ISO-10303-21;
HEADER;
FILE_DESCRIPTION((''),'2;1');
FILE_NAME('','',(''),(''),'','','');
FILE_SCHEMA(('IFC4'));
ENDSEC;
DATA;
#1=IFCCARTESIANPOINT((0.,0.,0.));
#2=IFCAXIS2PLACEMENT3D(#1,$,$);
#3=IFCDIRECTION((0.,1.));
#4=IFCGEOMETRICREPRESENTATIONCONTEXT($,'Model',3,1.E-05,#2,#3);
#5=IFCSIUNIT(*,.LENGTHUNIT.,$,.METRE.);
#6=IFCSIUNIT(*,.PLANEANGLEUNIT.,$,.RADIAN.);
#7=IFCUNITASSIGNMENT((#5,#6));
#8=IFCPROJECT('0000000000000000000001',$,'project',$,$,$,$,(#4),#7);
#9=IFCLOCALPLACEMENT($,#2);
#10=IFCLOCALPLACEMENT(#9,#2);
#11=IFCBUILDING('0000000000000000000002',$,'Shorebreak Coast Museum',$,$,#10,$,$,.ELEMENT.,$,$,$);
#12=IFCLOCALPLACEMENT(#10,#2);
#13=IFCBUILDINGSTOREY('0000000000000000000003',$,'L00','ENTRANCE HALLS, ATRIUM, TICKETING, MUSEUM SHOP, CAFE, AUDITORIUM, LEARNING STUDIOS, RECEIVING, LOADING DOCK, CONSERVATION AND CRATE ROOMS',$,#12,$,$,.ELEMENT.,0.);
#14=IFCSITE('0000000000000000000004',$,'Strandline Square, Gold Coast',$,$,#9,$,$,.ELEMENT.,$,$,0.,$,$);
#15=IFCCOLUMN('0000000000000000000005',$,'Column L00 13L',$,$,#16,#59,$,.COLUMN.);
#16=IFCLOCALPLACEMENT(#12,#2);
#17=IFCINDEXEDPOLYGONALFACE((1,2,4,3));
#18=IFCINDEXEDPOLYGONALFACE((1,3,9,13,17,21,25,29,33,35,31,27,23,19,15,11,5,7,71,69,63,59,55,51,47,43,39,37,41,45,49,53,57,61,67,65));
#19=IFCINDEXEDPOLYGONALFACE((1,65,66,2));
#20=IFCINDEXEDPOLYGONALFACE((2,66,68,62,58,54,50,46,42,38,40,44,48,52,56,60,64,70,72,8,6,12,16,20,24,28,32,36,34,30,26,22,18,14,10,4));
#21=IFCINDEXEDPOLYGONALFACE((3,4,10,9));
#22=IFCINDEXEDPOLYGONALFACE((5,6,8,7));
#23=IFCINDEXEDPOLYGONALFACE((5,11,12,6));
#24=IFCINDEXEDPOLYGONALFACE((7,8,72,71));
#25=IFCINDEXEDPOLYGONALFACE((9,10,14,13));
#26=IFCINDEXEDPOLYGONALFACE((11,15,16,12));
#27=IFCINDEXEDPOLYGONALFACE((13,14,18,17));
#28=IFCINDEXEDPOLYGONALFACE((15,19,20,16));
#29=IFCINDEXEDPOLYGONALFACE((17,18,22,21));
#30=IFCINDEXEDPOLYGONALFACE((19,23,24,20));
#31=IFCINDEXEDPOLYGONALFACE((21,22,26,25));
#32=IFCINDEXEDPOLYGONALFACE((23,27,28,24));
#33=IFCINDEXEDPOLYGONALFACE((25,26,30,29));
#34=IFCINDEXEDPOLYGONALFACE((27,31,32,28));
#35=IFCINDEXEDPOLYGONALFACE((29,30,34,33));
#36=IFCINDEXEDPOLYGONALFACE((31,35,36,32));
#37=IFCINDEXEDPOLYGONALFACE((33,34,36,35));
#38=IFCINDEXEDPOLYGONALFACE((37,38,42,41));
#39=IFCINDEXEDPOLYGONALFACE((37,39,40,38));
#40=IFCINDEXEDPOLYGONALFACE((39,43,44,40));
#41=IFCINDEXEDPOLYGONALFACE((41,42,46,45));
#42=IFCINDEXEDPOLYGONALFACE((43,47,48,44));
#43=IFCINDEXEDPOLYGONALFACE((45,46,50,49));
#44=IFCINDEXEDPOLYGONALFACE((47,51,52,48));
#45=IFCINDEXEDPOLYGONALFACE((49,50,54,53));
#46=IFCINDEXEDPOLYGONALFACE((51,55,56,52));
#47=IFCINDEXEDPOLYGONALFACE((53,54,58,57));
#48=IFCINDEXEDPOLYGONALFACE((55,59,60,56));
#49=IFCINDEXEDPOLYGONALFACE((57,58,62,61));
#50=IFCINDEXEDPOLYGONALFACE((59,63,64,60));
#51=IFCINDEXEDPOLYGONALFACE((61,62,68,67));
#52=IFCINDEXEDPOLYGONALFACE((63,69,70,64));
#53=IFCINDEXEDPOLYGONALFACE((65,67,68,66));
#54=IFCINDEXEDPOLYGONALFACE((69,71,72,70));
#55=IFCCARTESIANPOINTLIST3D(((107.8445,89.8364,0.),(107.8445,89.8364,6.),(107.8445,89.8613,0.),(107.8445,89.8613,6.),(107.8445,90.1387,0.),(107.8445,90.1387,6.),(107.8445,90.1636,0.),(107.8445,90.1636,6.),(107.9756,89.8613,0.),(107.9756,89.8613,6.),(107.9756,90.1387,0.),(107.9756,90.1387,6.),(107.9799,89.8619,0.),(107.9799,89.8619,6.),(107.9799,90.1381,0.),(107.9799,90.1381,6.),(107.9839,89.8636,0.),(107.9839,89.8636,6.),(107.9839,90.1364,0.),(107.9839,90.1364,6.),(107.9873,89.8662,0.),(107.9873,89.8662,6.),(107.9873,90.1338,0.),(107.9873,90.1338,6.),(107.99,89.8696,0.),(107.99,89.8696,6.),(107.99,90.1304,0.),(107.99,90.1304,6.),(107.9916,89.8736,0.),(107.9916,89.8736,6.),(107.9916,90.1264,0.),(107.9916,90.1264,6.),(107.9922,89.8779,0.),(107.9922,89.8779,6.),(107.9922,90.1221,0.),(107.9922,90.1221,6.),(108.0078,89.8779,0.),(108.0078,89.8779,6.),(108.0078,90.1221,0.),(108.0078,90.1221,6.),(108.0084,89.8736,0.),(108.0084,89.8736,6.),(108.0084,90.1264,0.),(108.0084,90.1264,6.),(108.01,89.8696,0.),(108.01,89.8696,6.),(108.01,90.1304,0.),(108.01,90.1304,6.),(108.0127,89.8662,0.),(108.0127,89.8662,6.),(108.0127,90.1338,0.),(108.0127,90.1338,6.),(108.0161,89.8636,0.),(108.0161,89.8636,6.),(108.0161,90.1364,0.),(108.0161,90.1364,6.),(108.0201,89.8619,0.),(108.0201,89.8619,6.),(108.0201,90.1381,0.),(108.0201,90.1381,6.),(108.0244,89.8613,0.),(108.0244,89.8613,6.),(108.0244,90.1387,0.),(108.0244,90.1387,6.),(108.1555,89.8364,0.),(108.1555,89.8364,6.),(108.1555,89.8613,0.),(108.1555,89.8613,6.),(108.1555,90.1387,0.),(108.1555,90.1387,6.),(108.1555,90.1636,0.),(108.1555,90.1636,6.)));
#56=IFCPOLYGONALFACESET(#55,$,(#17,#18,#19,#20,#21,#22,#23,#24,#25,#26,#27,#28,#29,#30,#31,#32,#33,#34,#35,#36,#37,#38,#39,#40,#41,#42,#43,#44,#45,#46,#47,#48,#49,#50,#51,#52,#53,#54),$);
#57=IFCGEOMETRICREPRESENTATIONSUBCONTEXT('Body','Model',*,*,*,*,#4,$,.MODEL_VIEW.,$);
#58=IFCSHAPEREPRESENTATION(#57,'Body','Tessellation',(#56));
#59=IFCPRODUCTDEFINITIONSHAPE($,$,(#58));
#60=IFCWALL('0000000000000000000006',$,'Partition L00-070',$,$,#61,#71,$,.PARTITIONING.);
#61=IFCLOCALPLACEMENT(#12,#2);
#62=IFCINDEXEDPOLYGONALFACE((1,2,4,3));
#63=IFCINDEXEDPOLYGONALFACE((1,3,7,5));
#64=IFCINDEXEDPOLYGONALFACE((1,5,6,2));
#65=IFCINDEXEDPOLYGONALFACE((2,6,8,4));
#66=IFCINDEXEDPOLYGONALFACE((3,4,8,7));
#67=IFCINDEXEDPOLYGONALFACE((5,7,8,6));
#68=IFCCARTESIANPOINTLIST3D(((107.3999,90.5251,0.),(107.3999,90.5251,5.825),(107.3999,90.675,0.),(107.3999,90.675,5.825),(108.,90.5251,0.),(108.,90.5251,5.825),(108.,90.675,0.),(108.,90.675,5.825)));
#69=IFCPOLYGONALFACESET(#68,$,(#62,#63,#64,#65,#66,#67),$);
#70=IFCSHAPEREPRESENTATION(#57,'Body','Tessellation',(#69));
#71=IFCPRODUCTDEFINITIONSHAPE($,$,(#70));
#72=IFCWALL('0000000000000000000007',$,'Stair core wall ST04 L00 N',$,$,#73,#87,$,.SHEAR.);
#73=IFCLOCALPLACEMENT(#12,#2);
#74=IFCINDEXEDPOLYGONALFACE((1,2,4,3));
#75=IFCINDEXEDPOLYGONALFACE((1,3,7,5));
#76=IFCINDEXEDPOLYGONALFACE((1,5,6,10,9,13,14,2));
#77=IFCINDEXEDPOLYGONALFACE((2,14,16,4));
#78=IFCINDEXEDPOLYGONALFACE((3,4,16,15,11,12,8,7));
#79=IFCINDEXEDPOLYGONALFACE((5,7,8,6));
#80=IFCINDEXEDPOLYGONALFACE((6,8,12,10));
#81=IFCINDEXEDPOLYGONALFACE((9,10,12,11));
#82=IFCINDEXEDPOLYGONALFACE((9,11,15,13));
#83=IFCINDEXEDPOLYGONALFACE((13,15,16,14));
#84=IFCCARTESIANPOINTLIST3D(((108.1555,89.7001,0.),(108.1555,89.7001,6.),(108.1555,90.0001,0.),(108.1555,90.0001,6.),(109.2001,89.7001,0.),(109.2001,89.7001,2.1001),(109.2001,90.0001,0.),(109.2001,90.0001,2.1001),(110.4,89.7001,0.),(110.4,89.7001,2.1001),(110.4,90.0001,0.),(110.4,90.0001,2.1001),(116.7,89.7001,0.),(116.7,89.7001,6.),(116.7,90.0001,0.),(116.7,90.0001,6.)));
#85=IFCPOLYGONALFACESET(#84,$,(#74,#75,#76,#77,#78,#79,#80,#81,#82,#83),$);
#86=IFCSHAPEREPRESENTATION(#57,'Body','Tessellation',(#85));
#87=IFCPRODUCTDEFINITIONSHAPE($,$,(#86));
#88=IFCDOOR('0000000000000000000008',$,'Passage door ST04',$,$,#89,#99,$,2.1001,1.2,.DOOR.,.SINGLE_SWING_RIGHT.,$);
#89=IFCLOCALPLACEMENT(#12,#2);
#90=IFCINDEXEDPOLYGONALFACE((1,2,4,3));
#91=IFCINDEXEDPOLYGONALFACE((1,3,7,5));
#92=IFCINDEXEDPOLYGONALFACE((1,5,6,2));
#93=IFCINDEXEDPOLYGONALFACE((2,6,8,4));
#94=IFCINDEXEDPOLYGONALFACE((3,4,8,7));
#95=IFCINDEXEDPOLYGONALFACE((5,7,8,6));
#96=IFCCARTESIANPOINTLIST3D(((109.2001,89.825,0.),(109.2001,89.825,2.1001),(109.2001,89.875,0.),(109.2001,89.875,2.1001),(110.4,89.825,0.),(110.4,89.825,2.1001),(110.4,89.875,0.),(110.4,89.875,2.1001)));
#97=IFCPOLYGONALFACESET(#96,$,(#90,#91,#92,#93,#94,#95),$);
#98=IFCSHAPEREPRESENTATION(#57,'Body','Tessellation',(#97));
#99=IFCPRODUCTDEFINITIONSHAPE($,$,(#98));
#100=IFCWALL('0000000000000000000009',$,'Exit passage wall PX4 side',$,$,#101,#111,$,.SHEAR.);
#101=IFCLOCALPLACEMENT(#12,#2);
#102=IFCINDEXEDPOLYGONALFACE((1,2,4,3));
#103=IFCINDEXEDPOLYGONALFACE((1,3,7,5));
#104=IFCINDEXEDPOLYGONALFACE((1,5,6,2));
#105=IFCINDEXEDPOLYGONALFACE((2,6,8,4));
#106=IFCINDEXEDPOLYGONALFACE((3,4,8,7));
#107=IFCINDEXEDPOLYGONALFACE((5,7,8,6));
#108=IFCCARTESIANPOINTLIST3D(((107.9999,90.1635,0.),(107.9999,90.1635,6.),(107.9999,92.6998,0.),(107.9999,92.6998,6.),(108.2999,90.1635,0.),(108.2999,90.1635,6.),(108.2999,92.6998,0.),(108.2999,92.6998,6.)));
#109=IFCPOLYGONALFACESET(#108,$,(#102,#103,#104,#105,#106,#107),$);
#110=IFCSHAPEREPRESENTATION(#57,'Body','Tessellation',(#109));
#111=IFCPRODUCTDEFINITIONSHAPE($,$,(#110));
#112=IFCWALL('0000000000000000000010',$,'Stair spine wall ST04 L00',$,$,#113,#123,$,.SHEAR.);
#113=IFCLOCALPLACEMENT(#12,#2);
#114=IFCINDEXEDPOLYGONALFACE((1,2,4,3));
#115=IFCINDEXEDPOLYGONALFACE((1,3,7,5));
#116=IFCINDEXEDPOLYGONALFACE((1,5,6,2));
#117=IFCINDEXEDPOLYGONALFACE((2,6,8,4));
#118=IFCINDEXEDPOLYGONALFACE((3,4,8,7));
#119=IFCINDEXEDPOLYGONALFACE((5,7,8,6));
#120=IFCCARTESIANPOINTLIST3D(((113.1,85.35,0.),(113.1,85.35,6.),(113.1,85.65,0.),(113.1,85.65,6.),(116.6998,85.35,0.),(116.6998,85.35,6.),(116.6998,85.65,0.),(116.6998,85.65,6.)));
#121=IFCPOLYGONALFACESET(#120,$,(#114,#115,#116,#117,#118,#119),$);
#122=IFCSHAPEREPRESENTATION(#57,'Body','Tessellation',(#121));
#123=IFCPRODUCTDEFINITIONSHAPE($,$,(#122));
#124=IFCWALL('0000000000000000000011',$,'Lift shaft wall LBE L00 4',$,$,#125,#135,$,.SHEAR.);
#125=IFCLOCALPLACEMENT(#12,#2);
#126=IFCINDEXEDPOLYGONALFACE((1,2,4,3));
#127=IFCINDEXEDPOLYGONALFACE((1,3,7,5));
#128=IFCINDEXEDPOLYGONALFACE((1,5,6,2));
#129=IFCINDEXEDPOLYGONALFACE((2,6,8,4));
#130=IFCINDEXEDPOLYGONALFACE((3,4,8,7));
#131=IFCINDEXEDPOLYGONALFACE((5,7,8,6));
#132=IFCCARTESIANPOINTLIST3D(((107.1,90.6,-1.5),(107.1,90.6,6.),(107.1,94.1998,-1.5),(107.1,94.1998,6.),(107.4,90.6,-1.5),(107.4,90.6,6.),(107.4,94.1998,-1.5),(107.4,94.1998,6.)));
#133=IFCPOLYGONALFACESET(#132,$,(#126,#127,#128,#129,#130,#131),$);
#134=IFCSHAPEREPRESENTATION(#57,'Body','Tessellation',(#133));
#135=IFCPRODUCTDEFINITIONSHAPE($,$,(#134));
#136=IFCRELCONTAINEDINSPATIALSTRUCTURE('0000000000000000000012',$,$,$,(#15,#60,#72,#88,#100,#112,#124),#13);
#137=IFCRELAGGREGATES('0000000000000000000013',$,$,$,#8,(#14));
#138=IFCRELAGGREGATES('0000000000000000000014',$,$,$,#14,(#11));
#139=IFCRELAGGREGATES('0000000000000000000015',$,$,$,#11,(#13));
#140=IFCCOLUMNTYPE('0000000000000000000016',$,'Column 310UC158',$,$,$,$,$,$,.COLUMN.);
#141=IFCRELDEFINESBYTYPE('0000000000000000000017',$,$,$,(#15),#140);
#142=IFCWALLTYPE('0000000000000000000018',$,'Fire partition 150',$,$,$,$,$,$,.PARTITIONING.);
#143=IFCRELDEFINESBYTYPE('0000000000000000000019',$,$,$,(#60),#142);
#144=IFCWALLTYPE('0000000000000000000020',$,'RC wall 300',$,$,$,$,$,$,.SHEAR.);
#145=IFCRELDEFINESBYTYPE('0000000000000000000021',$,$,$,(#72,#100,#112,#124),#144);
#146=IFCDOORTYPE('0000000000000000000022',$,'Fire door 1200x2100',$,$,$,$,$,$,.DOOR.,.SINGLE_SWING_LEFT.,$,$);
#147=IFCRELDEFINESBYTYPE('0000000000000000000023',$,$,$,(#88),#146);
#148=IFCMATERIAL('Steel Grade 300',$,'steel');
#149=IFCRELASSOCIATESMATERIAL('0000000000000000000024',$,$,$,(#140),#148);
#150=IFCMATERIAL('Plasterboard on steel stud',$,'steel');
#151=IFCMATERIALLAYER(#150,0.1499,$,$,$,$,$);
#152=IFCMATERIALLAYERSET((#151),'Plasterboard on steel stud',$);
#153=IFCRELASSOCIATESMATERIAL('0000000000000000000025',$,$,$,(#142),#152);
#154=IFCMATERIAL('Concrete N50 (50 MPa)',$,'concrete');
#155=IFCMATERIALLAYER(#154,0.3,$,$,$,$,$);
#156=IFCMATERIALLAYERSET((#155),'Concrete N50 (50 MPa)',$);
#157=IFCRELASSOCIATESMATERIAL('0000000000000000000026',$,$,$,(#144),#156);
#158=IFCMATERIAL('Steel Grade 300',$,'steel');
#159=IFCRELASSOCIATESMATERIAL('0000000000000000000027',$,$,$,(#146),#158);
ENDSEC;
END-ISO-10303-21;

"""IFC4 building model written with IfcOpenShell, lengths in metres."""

from ifc_helpers import new_model, si_unit, direction, frame, frame_2d, origin, origin_2d, place, context, subcontext, project, spatial, rectangle, i_section, extrude, material, layer, layer_set, material_profile, profile_set, type_object, element, fill, save


model = new_model("IFC4")

# Units and contexts
model_context = context("Model", 3, precision=1e-05, world=origin(), true_north=direction((0.0, 1.0)))
body_context = subcontext(model_context, "Body", "Model", "MODEL_VIEW")
ifc_project = project(units=[si_unit("LENGTHUNIT", "METRE"), si_unit("PLANEANGLEUNIT", "RADIAN")], contexts=[model_context])

# Site, building, storey
site_placement = place(None, origin())
site = spatial("IfcSite", under=ifc_project, at=site_placement, Name="Strandline Square, Gold Coast", CompositionType="ELEMENT", RefElevation=0.0)
building_placement = place(site_placement, origin())
building = spatial("IfcBuilding", under=site, at=building_placement, Name="Shorebreak Coast Museum", CompositionType="ELEMENT")
storey_placement = place(building_placement, origin())
storey = spatial("IfcBuildingStorey", under=building, at=storey_placement, Name="L00", Description="ENTRANCE HALLS, ATRIUM, TICKETING, MUSEUM SHOP, CAFE, AUDITORIUM, LEARNING STUDIOS, RECEIVING, LOADING DOCK, CONSERVATION AND CRATE ROOMS", CompositionType="ELEMENT", Elevation=0.0)

# Column
ifc_material_1 = material(Name="Steel Grade 300", Category="steel")
ifc_material_profile_1 = material_profile(ifc_material_1, i_section(OverallWidth=0.311, OverallDepth=0.3271, WebThickness=0.0156, FlangeThickness=0.0249, FilletRadius=0.0166, at=origin_2d()), Name="310UC158")
ifc_profile_set_1 = profile_set([ifc_material_profile_1], Name="Steel Grade 300")
column_type = type_object("IfcColumnType", Name="Column 310UC158", PredefinedType="COLUMN", material=ifc_profile_set_1)
column_placement = place(storey_placement, frame((108.0, 90.0, 0.0), z_axis=(0.0, 0.0, 1.0), x_axis=(1.0, 0.0, 0.0)))
element("IfcColumn", 1, at=column_placement, inside=storey, type_object=column_type, Name="Column L00 13L", PredefinedType="COLUMN", context=body_context, shape_type="SweptSolid", body=[
    extrude(i_section(OverallWidth=0.311, OverallDepth=0.3271, WebThickness=0.0156, FlangeThickness=0.0249, FilletRadius=0.0166, at=origin_2d()), origin(), (0.0, 0.0, 1.0), 6.0),
])

# Wall
ifc_material_2 = material(Name="Plasterboard on steel stud", Category="steel")
ifc_layer_1 = layer(ifc_material_2, 0.1499)
ifc_layer_set_1 = layer_set([ifc_layer_1], Name="Plasterboard on steel stud")
wall_type_1 = type_object("IfcWallType", Name="Fire partition 150", PredefinedType="PARTITIONING", material=ifc_layer_set_1)
wall_1_placement = place(storey_placement, frame((107.3999, 90.6001, 0.0), z_axis=(0.0, 0.0, 1.0), x_axis=(1.0, 0.0, 0.0)))
element("IfcWall", 2, at=wall_1_placement, inside=storey, type_object=wall_type_1, Name="Partition L00-070", PredefinedType="PARTITIONING", context=body_context, shape_type="SweptSolid", body=[
    extrude(rectangle(XDim=0.6001, YDim=0.1499, at=frame_2d((0.3, 0.0))), origin(), (0.0, 0.0, 1.0), 5.825),
])

# Wall, opening, door
ifc_material_3 = material(Name="Concrete N50 (50 MPa)", Category="concrete")
ifc_layer_2 = layer(ifc_material_3, 0.3)
ifc_layer_set_2 = layer_set([ifc_layer_2], Name="Concrete N50 (50 MPa)")
wall_type_2 = type_object("IfcWallType", Name="RC wall 300", PredefinedType="SHEAR", material=ifc_layer_set_2)
wall_2_placement = place(storey_placement, frame((108.1555, 89.8501, 0.0), z_axis=(0.0, 0.0, 1.0), x_axis=(1.0, 0.0, 0.0)))
wall_2 = element("IfcWall", 3, at=wall_2_placement, inside=storey, type_object=wall_type_2, Name="Stair core wall ST04 L00 N", PredefinedType="SHEAR", context=body_context, shape_type="SweptSolid", body=[
    extrude(rectangle(XDim=8.5444, YDim=0.3, at=frame_2d((4.2722, 0.0))), origin(), (0.0, 0.0, 1.0), 6.0),
])
opening_placement = place(wall_2_placement, frame((1.0444, 0.0, 0.0)))
opening = element("IfcOpeningElement", 4, at=opening_placement, cuts=wall_2, PredefinedType="OPENING", context=body_context, shape_type="SweptSolid", body=[
    extrude(rectangle(XDim=1.2, YDim=2.1001, at=frame_2d((0.6001, 1.05))), frame((0.0, 0.1599, 0.0), z_axis=(0.0, -1.0, 0.0), x_axis=(1.0, 0.0, 0.0)), (0.0, 0.0, 1.0), 0.3201),
])
ifc_material_4 = material(Name="Steel Grade 300", Category="steel")
door_type = type_object("IfcDoorType", Name="Fire door 1200x2100", OperationType="SINGLE_SWING_LEFT", PredefinedType="DOOR", material=ifc_material_4)
door_placement = place(opening_placement, origin())
door = element("IfcDoor", 5, at=door_placement, inside=storey, type_object=door_type, Name="Passage door ST04", OperationType="SINGLE_SWING_RIGHT", OverallHeight=2.1001, OverallWidth=1.2, PredefinedType="DOOR", context=body_context, shape_type="SweptSolid", body=[
    extrude(rectangle(XDim=1.2, YDim=2.1001, at=frame_2d((0.6001, 1.05))), frame((0.0, 0.0249, 0.0), z_axis=(0.0, -1.0, 0.0), x_axis=(1.0, 0.0, 0.0)), (0.0, 0.0, 1.0), 0.05),
])
fill(opening, door)

# Walls
wall_3_placement = place(storey_placement, frame((108.1499, 90.1636, 0.0), z_axis=(0.0, 0.0, 1.0), x_axis=(0.0, 1.0, 0.0)))
element("IfcWall", 6, at=wall_3_placement, inside=storey, type_object=wall_type_2, Name="Exit passage wall PX4 side", PredefinedType="SHEAR", context=body_context, shape_type="SweptSolid", body=[
    extrude(rectangle(XDim=2.5364, YDim=0.3, at=frame_2d((1.2681, 0.0))), origin(), (0.0, 0.0, 1.0), 6.0),
])
wall_4_placement = place(storey_placement, frame((113.1001, 85.5, 0.0), z_axis=(0.0, 0.0, 1.0), x_axis=(1.0, 0.0, 0.0)))
element("IfcWall", 7, at=wall_4_placement, inside=storey, type_object=wall_type_2, Name="Stair spine wall ST04 L00", PredefinedType="SHEAR", context=body_context, shape_type="SweptSolid", body=[
    extrude(rectangle(XDim=3.5999, YDim=0.3, at=frame_2d((1.7998, 0.0))), origin(), (0.0, 0.0, 1.0), 6.0),
])
wall_5_placement = place(storey_placement, frame((107.25, 90.6001, -1.5), z_axis=(0.0, 0.0, 1.0), x_axis=(0.0, 1.0, 0.0)))
element("IfcWall", 8, at=wall_5_placement, inside=storey, type_object=wall_type_2, Name="Lift shaft wall LBE L00 4", PredefinedType="SHEAR", context=body_context, shape_type="SweptSolid", body=[
    extrude(rectangle(XDim=3.5999, YDim=0.3, at=frame_2d((1.7998, 0.0))), origin(), (0.0, 0.0, 1.0), 7.5),
])

save(model, "model.ifc")
